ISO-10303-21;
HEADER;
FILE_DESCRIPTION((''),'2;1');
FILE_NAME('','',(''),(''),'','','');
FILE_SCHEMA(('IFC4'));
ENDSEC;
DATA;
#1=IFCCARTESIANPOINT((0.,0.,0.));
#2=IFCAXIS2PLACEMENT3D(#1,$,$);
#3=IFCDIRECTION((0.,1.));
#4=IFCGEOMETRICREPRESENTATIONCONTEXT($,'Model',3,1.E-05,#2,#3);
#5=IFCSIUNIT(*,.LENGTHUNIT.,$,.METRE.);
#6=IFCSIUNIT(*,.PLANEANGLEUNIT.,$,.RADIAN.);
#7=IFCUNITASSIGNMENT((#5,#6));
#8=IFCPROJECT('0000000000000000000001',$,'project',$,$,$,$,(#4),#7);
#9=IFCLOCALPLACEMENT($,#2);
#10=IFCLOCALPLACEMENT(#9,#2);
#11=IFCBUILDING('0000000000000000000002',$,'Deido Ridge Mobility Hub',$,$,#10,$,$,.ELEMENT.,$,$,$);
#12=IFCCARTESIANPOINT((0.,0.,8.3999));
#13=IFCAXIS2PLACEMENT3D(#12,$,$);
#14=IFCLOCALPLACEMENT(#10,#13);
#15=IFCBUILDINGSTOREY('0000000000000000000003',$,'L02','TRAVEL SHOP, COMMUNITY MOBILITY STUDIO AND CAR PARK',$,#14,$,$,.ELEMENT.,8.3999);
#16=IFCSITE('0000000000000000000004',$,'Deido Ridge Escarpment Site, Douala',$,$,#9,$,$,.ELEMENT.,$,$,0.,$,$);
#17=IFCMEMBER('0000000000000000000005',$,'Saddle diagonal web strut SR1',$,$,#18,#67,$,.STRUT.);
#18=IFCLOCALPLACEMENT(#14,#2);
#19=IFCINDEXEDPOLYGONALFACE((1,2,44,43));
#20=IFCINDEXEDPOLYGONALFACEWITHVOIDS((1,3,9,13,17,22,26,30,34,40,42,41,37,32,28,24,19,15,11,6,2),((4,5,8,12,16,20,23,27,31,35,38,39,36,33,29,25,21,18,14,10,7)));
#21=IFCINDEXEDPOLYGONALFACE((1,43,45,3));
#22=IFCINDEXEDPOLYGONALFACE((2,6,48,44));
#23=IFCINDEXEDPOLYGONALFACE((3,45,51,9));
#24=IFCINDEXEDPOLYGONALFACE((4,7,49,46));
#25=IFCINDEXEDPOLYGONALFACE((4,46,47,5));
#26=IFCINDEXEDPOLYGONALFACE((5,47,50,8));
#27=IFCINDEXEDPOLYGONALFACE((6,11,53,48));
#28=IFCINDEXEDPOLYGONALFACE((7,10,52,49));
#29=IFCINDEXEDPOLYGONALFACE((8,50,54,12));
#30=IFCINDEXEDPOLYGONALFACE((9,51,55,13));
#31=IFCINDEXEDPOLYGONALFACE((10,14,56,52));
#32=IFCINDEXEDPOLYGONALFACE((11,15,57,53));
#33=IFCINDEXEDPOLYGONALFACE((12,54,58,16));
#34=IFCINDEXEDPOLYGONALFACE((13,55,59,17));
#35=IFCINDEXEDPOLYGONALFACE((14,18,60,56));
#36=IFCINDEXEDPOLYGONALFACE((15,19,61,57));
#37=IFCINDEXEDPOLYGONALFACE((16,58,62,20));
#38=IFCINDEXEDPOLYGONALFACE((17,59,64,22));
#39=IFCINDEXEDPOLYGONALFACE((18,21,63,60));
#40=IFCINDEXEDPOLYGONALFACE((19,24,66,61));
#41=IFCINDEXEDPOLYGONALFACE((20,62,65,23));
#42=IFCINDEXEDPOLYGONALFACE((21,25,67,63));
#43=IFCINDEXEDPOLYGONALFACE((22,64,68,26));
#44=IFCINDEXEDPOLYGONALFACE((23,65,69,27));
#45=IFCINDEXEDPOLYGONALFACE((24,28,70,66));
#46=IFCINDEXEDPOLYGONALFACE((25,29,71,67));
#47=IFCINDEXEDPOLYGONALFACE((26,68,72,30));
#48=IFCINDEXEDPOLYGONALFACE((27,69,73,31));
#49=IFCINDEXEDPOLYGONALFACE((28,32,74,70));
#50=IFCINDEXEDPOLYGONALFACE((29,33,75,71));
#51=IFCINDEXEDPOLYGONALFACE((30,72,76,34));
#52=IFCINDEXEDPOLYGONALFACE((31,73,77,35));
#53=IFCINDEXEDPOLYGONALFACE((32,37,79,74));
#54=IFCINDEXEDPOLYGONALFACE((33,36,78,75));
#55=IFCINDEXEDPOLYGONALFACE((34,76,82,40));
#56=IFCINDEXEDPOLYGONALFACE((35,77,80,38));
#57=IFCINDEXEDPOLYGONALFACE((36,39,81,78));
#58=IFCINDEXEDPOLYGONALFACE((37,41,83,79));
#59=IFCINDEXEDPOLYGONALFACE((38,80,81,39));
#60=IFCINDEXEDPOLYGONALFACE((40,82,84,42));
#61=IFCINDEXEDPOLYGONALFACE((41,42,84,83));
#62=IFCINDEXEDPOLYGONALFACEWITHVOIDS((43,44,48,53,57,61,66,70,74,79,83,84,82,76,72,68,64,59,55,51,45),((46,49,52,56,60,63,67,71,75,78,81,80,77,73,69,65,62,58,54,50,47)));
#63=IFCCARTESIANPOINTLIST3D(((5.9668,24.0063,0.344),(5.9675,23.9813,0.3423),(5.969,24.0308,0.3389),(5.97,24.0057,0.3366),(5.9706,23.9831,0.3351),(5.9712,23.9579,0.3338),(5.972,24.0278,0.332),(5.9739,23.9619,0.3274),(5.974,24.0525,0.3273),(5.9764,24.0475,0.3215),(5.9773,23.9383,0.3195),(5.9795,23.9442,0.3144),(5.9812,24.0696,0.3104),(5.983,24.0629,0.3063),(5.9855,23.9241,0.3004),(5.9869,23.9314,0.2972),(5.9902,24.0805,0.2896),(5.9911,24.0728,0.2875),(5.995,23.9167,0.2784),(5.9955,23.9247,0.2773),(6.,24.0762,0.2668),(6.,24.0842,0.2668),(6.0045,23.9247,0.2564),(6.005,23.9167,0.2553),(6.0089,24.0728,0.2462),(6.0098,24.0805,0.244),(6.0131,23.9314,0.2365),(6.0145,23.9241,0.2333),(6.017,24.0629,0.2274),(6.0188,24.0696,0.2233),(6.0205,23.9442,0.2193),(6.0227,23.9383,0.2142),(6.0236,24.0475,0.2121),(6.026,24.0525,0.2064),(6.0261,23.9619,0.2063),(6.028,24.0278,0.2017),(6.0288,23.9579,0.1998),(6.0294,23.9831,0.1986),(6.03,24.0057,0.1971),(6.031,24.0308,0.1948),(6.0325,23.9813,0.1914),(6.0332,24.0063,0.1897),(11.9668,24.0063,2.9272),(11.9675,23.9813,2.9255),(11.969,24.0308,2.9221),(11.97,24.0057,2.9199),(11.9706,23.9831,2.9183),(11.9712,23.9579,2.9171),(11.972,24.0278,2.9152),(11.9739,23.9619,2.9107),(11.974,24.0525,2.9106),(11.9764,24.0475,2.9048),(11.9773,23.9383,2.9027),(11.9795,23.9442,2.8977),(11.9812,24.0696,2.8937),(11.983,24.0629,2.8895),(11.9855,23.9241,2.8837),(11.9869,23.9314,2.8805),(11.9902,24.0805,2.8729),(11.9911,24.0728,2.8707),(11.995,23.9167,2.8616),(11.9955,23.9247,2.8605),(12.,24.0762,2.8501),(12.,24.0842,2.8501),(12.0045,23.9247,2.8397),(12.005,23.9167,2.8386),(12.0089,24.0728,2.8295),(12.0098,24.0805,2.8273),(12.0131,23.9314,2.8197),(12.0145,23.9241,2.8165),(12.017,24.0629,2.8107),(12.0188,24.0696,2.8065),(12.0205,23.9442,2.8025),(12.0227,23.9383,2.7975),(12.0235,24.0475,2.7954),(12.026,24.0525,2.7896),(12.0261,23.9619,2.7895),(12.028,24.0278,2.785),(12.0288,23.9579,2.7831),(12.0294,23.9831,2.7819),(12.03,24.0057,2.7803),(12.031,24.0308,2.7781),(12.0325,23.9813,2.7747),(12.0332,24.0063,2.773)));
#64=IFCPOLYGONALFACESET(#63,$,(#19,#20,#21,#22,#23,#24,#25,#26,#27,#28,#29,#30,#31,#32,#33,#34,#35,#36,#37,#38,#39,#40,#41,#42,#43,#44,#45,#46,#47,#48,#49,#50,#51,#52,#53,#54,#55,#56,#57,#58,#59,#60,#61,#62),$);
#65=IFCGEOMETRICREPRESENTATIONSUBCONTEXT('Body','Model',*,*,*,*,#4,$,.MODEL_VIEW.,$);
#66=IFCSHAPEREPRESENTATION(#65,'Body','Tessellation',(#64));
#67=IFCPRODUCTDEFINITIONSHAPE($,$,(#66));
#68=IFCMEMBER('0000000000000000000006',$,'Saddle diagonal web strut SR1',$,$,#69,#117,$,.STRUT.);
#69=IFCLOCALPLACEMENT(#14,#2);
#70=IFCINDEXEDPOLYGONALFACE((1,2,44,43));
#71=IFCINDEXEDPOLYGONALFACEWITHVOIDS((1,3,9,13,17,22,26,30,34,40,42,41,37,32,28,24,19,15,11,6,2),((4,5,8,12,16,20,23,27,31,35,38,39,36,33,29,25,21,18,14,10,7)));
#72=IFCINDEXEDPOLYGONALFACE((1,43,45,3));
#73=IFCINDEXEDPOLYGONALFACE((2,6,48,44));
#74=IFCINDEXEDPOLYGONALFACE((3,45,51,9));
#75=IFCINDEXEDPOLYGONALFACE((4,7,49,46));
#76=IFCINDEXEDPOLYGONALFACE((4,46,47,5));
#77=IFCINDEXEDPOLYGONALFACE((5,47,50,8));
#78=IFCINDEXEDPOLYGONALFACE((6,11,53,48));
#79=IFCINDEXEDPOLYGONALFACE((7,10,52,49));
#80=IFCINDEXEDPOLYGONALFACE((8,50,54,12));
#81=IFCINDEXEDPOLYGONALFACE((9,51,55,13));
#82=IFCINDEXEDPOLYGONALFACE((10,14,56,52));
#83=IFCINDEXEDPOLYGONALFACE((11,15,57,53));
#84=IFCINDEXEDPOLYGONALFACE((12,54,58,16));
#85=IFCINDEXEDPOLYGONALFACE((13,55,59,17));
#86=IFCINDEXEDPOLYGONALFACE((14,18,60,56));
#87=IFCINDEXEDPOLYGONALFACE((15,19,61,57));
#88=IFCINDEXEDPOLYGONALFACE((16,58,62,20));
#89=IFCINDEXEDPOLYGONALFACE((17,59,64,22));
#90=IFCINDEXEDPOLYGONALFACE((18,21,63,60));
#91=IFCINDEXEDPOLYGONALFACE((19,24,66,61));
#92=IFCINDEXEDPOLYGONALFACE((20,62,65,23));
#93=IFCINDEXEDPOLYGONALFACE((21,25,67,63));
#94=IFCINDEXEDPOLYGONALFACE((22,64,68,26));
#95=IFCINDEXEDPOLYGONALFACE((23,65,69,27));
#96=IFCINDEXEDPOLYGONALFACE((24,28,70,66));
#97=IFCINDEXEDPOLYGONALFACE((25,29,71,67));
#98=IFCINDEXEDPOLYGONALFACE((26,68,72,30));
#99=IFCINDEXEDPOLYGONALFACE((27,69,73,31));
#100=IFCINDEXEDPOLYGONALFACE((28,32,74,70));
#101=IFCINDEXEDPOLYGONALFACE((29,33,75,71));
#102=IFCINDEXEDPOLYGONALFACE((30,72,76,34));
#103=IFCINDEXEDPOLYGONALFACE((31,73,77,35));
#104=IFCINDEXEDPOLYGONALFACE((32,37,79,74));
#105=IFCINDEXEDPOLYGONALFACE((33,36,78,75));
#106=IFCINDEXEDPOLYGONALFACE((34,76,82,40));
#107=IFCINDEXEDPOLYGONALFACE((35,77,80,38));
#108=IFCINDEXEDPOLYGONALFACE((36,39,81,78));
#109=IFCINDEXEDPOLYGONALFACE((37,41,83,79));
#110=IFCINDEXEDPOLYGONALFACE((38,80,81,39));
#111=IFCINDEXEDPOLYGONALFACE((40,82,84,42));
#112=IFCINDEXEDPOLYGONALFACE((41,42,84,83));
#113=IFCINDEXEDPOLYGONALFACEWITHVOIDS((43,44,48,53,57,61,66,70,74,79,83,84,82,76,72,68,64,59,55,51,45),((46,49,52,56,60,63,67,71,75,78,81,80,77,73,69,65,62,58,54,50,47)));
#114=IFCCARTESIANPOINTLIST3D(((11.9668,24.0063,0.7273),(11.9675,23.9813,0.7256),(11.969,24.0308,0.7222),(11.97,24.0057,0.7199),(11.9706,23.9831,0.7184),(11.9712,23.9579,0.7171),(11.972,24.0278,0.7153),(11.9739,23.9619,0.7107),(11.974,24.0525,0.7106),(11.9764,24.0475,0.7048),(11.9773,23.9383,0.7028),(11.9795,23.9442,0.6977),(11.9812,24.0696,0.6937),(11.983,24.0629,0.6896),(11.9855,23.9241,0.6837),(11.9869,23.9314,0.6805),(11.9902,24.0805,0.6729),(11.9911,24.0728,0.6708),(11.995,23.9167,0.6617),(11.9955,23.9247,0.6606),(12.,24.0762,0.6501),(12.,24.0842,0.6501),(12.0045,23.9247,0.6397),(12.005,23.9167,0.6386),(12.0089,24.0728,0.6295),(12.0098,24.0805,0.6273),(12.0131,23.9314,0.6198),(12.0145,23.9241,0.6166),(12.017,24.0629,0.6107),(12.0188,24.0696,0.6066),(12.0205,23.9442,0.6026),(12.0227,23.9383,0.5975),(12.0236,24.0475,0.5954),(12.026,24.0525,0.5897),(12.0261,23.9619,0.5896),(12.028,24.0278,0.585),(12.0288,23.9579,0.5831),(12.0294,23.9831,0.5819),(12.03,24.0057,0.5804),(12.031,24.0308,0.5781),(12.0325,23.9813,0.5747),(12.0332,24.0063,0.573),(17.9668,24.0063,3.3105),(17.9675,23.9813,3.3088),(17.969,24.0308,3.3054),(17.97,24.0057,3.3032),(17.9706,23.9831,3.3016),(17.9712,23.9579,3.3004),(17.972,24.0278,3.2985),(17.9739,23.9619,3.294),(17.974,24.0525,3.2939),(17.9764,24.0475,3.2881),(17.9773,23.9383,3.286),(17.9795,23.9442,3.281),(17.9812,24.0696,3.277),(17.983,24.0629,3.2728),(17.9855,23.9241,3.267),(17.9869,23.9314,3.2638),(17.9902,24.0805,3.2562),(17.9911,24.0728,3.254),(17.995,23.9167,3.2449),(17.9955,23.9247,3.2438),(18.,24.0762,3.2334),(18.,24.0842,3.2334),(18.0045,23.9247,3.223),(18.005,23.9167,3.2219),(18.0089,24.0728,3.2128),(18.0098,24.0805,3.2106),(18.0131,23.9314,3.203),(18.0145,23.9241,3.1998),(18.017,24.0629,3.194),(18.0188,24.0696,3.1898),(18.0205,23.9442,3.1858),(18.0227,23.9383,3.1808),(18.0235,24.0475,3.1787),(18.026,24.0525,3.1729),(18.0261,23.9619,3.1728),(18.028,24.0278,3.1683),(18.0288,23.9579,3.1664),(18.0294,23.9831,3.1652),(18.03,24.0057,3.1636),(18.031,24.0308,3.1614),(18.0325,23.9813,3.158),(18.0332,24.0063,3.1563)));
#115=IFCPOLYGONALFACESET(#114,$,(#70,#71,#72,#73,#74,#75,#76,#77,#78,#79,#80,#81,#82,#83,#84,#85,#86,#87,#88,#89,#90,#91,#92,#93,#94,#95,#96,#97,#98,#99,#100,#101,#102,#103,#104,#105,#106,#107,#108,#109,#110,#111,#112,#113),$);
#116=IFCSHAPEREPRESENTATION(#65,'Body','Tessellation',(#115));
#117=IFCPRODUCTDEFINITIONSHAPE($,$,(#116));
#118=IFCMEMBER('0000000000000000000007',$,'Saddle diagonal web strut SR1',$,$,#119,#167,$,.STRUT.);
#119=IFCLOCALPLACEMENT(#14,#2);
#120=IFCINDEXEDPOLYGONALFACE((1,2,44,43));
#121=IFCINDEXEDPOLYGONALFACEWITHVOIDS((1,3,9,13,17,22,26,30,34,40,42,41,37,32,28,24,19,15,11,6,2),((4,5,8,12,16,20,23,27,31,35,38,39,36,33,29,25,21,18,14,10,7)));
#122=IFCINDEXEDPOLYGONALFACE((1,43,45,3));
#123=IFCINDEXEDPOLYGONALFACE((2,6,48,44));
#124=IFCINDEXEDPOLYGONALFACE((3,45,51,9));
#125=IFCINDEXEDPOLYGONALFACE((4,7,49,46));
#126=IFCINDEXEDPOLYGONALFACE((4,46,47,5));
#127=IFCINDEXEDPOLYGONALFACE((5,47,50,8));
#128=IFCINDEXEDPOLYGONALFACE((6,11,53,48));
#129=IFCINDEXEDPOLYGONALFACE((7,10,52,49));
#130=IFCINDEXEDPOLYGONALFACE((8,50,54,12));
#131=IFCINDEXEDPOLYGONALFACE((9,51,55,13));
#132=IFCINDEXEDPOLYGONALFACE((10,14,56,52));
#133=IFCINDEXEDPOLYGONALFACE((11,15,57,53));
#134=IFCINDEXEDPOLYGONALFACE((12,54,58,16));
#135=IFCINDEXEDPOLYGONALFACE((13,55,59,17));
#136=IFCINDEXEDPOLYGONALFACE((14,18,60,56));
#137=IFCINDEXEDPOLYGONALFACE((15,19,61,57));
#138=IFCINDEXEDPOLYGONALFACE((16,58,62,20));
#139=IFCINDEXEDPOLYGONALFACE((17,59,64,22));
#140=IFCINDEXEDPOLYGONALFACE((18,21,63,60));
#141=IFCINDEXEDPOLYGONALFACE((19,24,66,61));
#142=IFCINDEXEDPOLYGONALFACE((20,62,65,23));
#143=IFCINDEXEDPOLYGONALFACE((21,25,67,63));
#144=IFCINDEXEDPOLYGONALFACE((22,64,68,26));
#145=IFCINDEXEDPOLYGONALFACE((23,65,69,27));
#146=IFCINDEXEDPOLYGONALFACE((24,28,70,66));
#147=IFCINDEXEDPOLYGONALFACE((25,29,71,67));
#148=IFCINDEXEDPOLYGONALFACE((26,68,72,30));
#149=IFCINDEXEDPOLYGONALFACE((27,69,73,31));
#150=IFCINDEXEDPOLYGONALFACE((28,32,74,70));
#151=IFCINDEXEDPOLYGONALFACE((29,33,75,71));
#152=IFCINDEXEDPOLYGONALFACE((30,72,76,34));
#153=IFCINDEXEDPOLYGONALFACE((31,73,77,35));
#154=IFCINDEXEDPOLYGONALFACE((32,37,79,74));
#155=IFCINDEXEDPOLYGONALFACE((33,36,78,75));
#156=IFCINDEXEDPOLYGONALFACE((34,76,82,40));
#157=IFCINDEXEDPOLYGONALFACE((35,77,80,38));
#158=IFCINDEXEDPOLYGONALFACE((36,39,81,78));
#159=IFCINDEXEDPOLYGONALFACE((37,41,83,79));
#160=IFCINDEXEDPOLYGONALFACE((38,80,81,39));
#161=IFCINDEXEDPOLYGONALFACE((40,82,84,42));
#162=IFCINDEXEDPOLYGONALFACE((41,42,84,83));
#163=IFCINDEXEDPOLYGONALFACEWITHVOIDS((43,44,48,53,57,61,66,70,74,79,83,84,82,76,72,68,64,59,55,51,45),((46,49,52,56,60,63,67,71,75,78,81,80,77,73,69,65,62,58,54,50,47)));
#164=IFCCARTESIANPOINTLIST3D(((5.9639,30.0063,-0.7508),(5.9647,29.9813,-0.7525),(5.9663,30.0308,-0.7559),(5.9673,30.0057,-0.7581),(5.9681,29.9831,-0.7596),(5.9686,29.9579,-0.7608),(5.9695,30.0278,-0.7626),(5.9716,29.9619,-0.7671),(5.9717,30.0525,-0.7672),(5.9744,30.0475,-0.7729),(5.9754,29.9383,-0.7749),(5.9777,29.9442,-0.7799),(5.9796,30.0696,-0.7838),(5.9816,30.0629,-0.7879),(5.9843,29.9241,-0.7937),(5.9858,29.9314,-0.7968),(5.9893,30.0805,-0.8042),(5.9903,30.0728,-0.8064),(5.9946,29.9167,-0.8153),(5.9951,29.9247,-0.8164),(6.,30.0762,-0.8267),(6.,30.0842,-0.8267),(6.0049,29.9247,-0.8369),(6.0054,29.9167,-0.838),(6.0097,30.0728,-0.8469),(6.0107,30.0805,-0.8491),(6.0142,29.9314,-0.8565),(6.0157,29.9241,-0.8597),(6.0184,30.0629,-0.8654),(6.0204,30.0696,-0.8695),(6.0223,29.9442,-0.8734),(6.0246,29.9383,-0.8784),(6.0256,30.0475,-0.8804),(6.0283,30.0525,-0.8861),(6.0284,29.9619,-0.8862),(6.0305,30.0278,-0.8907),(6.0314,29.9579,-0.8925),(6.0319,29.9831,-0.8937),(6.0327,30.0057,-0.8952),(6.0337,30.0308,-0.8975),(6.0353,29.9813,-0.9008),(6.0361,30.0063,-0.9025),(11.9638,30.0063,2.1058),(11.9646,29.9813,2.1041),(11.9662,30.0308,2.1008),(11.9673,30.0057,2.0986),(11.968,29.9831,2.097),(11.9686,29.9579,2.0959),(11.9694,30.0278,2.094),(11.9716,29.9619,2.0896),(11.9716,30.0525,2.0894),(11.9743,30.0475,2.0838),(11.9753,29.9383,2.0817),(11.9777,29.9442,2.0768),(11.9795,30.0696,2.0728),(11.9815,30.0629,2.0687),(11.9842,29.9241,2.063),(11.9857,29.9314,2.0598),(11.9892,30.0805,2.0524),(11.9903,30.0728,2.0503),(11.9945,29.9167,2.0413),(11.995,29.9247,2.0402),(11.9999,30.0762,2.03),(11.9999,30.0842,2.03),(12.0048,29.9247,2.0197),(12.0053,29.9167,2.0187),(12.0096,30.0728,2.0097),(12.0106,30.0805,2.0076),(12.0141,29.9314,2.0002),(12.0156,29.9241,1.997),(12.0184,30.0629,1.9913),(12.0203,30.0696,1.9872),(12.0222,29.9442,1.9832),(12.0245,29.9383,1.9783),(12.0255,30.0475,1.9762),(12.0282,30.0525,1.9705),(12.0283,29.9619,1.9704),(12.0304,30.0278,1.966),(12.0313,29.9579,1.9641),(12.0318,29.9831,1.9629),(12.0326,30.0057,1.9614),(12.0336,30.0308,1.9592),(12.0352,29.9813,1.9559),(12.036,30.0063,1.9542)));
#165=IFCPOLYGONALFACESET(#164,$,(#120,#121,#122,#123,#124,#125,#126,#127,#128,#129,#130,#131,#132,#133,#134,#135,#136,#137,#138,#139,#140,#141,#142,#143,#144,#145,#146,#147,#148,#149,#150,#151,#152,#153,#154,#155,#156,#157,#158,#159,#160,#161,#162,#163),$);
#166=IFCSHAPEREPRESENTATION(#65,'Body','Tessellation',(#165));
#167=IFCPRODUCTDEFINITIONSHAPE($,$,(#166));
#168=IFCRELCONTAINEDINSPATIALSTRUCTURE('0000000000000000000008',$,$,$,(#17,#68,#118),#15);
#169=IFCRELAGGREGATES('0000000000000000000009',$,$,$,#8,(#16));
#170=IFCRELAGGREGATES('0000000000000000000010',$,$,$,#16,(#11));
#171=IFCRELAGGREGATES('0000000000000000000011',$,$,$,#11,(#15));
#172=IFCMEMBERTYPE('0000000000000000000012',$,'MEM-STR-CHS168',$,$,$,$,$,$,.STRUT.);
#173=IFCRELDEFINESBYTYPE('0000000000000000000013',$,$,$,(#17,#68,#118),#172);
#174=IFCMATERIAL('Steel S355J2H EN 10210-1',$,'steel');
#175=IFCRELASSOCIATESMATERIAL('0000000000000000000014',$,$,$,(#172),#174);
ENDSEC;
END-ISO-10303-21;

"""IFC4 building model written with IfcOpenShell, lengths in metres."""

from ifc_helpers import new_model, si_unit, direction, frame, origin, origin_2d, place, context, subcontext, project, spatial, hollow_circle, extrude, material, material_profile, profile_set, type_object, element, save


model = new_model("IFC4")

# Units and contexts
model_context = context("Model", 3, precision=1e-05, world=origin(), true_north=direction((0.0, 1.0)))
body_context = subcontext(model_context, "Body", "Model", "MODEL_VIEW")
ifc_project = project(units=[si_unit("LENGTHUNIT", "METRE"), si_unit("PLANEANGLEUNIT", "RADIAN")], contexts=[model_context])

# Site, building, storey
site_placement = place(None, origin())
site = spatial("IfcSite", under=ifc_project, at=site_placement, Name="Deido Ridge Escarpment Site, Douala", CompositionType="ELEMENT", RefElevation=0.0)
building_placement = place(site_placement, origin())
building = spatial("IfcBuilding", under=site, at=building_placement, Name="Deido Ridge Mobility Hub", CompositionType="ELEMENT")
storey_placement = place(building_placement, frame((0.0, 0.0, 8.3999)))
storey = spatial("IfcBuildingStorey", under=building, at=storey_placement, Name="L02", Description="TRAVEL SHOP, COMMUNITY MOBILITY STUDIO AND CAR PARK", CompositionType="ELEMENT", Elevation=8.3999)

# Shared definitions
ifc_material_1 = material(Name="Steel S355J2H EN 10210-1", Category="steel")

# Members
ifc_material_profile_1 = material_profile(ifc_material_1, hollow_circle(Radius=0.0842, WallThickness=0.0081, at=origin_2d()), Name="CHS 168.3x8")
ifc_profile_set_1 = profile_set([ifc_material_profile_1], Name="Steel S355J2H EN 10210-1")
member_type_1 = type_object("IfcMemberType", Name="MEM-STR-CHS168", PredefinedType="STRUT", material=ifc_profile_set_1)
for number, where, z_axis, x_axis, name in (
    (1, (6.0, 24.0, 0.2668), (0.918488, 0.0, 0.395448), (0.0, 1.0, 0.0), "Saddle diagonal web strut SR1"),
    (2, (12.0, 24.0, 0.6501), (0.918488, 0.0, 0.395448), (0.0, 1.0, 0.0), "Saddle diagonal web strut SR1"),
):
    element("IfcMember", number, at=place(storey_placement, frame(where, z_axis=z_axis, x_axis=x_axis)), inside=storey, type_object=member_type_1, Name=name, PredefinedType="STRUT", context=body_context, shape_type="SweptSolid", body=[
        extrude(hollow_circle(Radius=0.0842, WallThickness=0.0081, at=origin_2d()), origin(), (0.0, 0.0, 1.0), 6.5325),
    ])
for number, where, z_axis, x_axis, name in (
    (3, (6.0, 30.0, -0.8267), (0.902887, 0.0, 0.429878), (0.0, 1.0, 0.0), "Saddle diagonal web strut SR1"),
):
    element("IfcMember", number, at=place(storey_placement, frame(where, z_axis=z_axis, x_axis=x_axis)), inside=storey, type_object=member_type_1, Name=name, PredefinedType="STRUT", context=body_context, shape_type="SweptSolid", body=[
        extrude(hollow_circle(Radius=0.0842, WallThickness=0.0081, at=origin_2d()), origin(), (0.0, 0.0, 1.0), 6.6453),
    ])

save(model, "model.ifc")
